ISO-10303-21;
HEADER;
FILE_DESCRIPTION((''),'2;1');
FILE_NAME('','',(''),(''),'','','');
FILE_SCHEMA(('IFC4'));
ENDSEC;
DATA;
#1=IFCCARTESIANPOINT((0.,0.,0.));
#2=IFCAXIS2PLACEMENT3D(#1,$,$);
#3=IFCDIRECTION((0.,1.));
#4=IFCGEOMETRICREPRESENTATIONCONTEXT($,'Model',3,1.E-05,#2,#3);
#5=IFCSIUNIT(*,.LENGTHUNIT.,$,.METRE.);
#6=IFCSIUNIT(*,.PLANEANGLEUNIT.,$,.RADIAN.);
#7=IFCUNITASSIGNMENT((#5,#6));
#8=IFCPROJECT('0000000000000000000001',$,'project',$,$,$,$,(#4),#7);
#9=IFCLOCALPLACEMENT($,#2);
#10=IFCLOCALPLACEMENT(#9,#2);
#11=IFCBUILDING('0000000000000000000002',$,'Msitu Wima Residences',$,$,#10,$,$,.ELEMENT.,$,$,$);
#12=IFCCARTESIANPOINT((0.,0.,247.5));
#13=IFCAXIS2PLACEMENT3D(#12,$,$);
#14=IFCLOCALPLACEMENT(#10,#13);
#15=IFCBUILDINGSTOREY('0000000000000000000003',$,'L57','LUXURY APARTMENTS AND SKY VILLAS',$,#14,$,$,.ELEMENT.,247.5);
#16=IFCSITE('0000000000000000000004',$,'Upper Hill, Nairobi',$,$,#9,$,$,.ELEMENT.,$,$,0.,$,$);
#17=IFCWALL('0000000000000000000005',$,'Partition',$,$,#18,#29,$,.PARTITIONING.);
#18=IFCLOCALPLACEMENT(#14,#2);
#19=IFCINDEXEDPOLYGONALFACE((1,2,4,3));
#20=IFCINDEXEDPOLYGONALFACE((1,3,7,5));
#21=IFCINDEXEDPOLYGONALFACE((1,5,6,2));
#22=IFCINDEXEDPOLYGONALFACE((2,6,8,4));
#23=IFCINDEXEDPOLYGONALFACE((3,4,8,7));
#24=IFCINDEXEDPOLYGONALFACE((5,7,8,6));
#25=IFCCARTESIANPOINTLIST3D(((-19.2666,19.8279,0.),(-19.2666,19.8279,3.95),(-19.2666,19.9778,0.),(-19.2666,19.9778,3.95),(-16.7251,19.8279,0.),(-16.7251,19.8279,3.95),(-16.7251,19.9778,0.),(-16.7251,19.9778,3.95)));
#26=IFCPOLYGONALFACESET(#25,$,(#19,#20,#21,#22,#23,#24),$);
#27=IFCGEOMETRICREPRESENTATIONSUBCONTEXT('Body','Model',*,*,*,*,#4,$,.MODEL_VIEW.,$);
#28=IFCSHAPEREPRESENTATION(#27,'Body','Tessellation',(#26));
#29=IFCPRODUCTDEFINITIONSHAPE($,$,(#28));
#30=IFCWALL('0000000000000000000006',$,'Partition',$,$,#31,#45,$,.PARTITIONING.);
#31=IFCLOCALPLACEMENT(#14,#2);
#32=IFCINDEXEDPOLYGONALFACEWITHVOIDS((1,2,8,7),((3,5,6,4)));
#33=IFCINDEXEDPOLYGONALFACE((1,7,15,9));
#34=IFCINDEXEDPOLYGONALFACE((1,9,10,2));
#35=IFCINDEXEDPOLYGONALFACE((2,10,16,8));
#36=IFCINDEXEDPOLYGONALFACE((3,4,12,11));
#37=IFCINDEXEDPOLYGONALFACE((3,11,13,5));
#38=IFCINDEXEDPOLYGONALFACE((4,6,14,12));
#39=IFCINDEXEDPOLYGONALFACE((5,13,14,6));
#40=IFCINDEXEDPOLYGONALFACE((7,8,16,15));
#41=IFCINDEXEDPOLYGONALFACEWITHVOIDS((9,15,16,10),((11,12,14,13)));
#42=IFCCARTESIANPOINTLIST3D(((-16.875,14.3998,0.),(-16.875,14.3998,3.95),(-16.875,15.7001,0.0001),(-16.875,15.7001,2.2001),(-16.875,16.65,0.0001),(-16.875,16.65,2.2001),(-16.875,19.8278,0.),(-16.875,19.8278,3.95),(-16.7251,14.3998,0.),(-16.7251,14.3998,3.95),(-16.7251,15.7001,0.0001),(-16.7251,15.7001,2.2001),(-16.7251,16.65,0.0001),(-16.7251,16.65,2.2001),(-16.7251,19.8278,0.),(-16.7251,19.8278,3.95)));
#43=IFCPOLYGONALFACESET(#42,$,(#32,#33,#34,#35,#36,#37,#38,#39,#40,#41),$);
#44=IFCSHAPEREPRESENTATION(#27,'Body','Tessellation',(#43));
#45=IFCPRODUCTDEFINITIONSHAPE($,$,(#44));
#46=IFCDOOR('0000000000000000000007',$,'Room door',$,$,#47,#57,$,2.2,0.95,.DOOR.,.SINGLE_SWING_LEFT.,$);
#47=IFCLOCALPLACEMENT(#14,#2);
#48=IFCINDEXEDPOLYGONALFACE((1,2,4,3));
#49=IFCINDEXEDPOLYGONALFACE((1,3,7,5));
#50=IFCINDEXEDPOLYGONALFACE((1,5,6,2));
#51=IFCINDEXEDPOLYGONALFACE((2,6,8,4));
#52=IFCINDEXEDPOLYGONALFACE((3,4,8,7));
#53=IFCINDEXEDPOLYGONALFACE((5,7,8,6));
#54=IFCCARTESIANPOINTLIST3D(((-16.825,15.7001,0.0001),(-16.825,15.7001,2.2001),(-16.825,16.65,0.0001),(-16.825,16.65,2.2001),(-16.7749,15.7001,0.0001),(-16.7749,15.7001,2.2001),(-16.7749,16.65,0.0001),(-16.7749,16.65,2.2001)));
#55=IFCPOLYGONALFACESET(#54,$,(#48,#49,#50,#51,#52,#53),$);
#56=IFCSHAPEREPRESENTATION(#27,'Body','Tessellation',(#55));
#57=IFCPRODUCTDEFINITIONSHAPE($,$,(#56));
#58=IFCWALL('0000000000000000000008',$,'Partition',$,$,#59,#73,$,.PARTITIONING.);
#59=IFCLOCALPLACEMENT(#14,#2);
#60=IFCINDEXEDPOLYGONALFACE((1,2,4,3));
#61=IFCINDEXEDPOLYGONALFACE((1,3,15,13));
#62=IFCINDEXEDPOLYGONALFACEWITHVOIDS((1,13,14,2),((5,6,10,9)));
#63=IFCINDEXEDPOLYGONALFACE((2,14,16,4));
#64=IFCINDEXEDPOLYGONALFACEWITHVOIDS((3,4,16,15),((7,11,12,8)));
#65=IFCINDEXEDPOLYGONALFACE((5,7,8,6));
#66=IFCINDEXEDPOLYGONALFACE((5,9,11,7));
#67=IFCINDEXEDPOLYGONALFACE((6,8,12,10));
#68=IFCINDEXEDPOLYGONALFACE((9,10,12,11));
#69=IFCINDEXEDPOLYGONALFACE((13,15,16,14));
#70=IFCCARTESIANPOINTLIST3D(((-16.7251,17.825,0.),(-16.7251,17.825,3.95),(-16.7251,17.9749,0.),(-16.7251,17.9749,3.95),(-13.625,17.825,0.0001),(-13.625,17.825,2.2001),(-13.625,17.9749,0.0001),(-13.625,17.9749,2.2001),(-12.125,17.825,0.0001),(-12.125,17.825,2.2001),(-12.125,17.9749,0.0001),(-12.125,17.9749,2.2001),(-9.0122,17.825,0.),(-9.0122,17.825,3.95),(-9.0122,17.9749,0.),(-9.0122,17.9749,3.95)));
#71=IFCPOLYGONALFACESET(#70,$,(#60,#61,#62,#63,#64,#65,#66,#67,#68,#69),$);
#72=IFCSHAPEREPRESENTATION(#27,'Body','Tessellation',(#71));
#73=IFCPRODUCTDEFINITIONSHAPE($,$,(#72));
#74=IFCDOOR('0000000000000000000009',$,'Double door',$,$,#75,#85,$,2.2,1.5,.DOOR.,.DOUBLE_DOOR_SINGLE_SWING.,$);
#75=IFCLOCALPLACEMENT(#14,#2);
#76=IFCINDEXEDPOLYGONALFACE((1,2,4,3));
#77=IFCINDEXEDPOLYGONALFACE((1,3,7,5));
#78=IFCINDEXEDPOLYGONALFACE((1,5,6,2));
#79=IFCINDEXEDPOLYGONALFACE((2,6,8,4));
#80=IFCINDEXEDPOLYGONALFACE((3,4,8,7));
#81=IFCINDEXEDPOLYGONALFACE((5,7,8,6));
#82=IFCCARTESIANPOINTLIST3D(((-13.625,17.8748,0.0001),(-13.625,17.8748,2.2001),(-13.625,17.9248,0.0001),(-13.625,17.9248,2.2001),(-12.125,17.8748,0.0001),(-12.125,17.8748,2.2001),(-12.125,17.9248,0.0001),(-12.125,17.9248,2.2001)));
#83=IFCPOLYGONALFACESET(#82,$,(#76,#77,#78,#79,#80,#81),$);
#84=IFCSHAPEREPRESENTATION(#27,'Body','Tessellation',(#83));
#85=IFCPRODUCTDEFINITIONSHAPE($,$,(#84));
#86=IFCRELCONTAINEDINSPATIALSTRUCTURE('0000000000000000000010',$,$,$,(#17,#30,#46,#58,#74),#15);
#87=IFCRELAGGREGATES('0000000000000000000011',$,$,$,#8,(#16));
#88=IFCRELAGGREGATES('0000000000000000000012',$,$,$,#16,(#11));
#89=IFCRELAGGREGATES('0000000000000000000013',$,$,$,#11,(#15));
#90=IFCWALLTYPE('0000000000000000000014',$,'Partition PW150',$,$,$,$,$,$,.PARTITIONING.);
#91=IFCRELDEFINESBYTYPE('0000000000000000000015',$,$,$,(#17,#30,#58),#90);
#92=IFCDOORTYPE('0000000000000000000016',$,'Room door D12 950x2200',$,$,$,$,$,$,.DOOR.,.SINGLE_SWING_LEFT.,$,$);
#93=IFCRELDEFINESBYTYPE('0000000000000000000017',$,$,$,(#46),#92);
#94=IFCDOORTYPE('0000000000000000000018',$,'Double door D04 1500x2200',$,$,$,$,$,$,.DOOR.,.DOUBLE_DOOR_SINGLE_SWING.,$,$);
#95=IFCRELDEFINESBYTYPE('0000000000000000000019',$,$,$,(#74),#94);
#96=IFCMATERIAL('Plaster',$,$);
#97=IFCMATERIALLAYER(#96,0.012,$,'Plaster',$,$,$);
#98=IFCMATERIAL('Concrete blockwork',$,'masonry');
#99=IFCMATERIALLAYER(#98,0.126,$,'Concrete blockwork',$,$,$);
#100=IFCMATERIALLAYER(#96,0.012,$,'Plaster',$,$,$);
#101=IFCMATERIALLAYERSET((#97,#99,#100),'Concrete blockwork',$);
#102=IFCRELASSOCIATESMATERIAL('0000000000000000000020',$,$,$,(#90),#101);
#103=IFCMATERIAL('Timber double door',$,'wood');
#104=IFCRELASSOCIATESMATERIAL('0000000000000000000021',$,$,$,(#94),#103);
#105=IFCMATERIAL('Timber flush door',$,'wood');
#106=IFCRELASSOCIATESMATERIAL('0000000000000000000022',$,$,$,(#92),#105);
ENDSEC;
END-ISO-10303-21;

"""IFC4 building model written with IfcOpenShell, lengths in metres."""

from ifc_helpers import new_model, si_unit, direction, frame, frame_2d, origin, place, context, subcontext, project, spatial, rectangle, extrude, material, layer, layer_set, type_object, element, fill, save


model = new_model("IFC4")

# Units and contexts
model_context = context("Model", 3, precision=1e-05, world=origin(), true_north=direction((0.0, 1.0)))
body_context = subcontext(model_context, "Body", "Model", "MODEL_VIEW")
ifc_project = project(units=[si_unit("LENGTHUNIT", "METRE"), si_unit("PLANEANGLEUNIT", "RADIAN")], contexts=[model_context])

# Site, building, storey
site_placement = place(None, origin())
site = spatial("IfcSite", under=ifc_project, at=site_placement, Name="Upper Hill, Nairobi", CompositionType="ELEMENT", RefElevation=0.0)
building_placement = place(site_placement, origin())
building = spatial("IfcBuilding", under=site, at=building_placement, Name="Msitu Wima Residences", CompositionType="ELEMENT")
storey_placement = place(building_placement, frame((0.0, 0.0, 247.5)))
storey = spatial("IfcBuildingStorey", under=building, at=storey_placement, Name="L57", Description="LUXURY APARTMENTS AND SKY VILLAS", CompositionType="ELEMENT", Elevation=247.5)

# Shared definitions
ifc_material_1 = material(Name="Plaster")
ifc_material_2 = material(Name="Concrete blockwork", Category="masonry")
ifc_layer_1 = layer(ifc_material_1, 0.012, Name="Plaster")
ifc_layer_2 = layer(ifc_material_2, 0.126, Name="Concrete blockwork")
ifc_layer_3 = layer(ifc_material_1, 0.012, Name="Plaster")
ifc_layer_set_1 = layer_set([ifc_layer_1, ifc_layer_2, ifc_layer_3], Name="Concrete blockwork")
wall_type_1 = type_object("IfcWallType", Name="Partition PW150", PredefinedType="PARTITIONING", material=ifc_layer_set_1)

# Shared definitions
ifc_material_3 = material(Name="Timber double door", Category="wood")
door_type_1 = type_object("IfcDoorType", Name="Double door D04 1500x2200", OperationType="DOUBLE_DOOR_SINGLE_SWING", PredefinedType="DOOR", material=ifc_material_3)

# Wall
wall_1_placement = place(storey_placement, frame((-19.2666, 19.9028, 0.0), z_axis=(0.0, 0.0, 1.0), x_axis=(1.0, 0.0, 0.0)))
element("IfcWall", 1, at=wall_1_placement, inside=storey, type_object=wall_type_1, Name="Partition", PredefinedType="PARTITIONING", context=body_context, shape_type="SweptSolid", body=[
    extrude(rectangle(XDim=2.5415, YDim=0.1499, at=frame_2d((1.2708, 0.0))), origin(), (0.0, 0.0, 1.0), 3.95),
])

# Walls, openings, doors
wall_2_placement = place(storey_placement, frame((-16.8, 14.3999, 0.0), z_axis=(0.0, 0.0, 1.0), x_axis=(0.0, 1.0, 0.0)))
wall_2 = element("IfcWall", 2, at=wall_2_placement, inside=storey, type_object=wall_type_1, Name="Partition", PredefinedType="PARTITIONING", context=body_context, shape_type="SweptSolid", body=[
    extrude(rectangle(XDim=5.428, YDim=0.1499, at=frame_2d((2.7139, 0.0))), origin(), (0.0, 0.0, 1.0), 3.95),
])
opening_1_placement = place(wall_2_placement, frame((1.3, 0.0, 0.0)))
opening_1 = element("IfcOpeningElement", 3, at=opening_1_placement, cuts=wall_2, PredefinedType="OPENING", context=body_context, shape_type="SweptSolid", body=[
    extrude(rectangle(XDim=0.95, YDim=2.2, at=frame_2d((0.4751, 1.1001))), frame((0.0, 0.085, 0.0), z_axis=(0.0, -1.0, 0.0), x_axis=(1.0, 0.0, 0.0)), (0.0, 0.0, 1.0), 0.1699),
])
ifc_material_4 = material(Name="Timber flush door", Category="wood")
door_type_2 = type_object("IfcDoorType", Name="Room door D12 950x2200", OperationType="SINGLE_SWING_LEFT", PredefinedType="DOOR", material=ifc_material_4)
door_1_placement = place(opening_1_placement, origin())
door_1 = element("IfcDoor", 4, at=door_1_placement, inside=storey, type_object=door_type_2, Name="Room door", OperationType="SINGLE_SWING_LEFT", OverallHeight=2.2, OverallWidth=0.95, PredefinedType="DOOR", context=body_context, shape_type="SweptSolid", body=[
    extrude(rectangle(XDim=0.95, YDim=2.2, at=frame_2d((0.4751, 1.1001))), frame((0.0, 0.0249, 0.0), z_axis=(0.0, -1.0, 0.0), x_axis=(1.0, 0.0, 0.0)), (0.0, 0.0, 1.0), 0.05),
])
fill(opening_1, door_1)
wall_3_placement = place(storey_placement, frame((-16.7251, 17.8999, 0.0), z_axis=(0.0, 0.0, 1.0), x_axis=(1.0, 0.0, 0.0)))
wall_3 = element("IfcWall", 5, at=wall_3_placement, inside=storey, type_object=wall_type_1, Name="Partition", PredefinedType="PARTITIONING", context=body_context, shape_type="SweptSolid", body=[
    extrude(rectangle(XDim=7.7129, YDim=0.1499, at=frame_2d((3.8564, 0.0))), origin(), (0.0, 0.0, 1.0), 3.95),
])
opening_2_placement = place(wall_3_placement, frame((3.1001, 0.0, 0.0)))
opening_2 = element("IfcOpeningElement", 6, at=opening_2_placement, cuts=wall_3, PredefinedType="OPENING", context=body_context, shape_type="SweptSolid", body=[
    extrude(rectangle(XDim=1.5, YDim=2.2, at=frame_2d((0.75, 1.1001))), frame((0.0, 0.085, 0.0), z_axis=(0.0, -1.0, 0.0), x_axis=(1.0, 0.0, 0.0)), (0.0, 0.0, 1.0), 0.1699),
])
door_2_placement = place(opening_2_placement, origin())
door_2 = element("IfcDoor", 7, at=door_2_placement, inside=storey, type_object=door_type_1, Name="Double door", OperationType="DOUBLE_DOOR_SINGLE_SWING", OverallHeight=2.2, OverallWidth=1.5, PredefinedType="DOOR", context=body_context, shape_type="SweptSolid", body=[
    extrude(rectangle(XDim=1.5, YDim=2.2, at=frame_2d((0.75, 1.1001))), frame((0.0, 0.0249, 0.0), z_axis=(0.0, -1.0, 0.0), x_axis=(1.0, 0.0, 0.0)), (0.0, 0.0, 1.0), 0.05),
])
fill(opening_2, door_2)

save(model, "model.ifc")
